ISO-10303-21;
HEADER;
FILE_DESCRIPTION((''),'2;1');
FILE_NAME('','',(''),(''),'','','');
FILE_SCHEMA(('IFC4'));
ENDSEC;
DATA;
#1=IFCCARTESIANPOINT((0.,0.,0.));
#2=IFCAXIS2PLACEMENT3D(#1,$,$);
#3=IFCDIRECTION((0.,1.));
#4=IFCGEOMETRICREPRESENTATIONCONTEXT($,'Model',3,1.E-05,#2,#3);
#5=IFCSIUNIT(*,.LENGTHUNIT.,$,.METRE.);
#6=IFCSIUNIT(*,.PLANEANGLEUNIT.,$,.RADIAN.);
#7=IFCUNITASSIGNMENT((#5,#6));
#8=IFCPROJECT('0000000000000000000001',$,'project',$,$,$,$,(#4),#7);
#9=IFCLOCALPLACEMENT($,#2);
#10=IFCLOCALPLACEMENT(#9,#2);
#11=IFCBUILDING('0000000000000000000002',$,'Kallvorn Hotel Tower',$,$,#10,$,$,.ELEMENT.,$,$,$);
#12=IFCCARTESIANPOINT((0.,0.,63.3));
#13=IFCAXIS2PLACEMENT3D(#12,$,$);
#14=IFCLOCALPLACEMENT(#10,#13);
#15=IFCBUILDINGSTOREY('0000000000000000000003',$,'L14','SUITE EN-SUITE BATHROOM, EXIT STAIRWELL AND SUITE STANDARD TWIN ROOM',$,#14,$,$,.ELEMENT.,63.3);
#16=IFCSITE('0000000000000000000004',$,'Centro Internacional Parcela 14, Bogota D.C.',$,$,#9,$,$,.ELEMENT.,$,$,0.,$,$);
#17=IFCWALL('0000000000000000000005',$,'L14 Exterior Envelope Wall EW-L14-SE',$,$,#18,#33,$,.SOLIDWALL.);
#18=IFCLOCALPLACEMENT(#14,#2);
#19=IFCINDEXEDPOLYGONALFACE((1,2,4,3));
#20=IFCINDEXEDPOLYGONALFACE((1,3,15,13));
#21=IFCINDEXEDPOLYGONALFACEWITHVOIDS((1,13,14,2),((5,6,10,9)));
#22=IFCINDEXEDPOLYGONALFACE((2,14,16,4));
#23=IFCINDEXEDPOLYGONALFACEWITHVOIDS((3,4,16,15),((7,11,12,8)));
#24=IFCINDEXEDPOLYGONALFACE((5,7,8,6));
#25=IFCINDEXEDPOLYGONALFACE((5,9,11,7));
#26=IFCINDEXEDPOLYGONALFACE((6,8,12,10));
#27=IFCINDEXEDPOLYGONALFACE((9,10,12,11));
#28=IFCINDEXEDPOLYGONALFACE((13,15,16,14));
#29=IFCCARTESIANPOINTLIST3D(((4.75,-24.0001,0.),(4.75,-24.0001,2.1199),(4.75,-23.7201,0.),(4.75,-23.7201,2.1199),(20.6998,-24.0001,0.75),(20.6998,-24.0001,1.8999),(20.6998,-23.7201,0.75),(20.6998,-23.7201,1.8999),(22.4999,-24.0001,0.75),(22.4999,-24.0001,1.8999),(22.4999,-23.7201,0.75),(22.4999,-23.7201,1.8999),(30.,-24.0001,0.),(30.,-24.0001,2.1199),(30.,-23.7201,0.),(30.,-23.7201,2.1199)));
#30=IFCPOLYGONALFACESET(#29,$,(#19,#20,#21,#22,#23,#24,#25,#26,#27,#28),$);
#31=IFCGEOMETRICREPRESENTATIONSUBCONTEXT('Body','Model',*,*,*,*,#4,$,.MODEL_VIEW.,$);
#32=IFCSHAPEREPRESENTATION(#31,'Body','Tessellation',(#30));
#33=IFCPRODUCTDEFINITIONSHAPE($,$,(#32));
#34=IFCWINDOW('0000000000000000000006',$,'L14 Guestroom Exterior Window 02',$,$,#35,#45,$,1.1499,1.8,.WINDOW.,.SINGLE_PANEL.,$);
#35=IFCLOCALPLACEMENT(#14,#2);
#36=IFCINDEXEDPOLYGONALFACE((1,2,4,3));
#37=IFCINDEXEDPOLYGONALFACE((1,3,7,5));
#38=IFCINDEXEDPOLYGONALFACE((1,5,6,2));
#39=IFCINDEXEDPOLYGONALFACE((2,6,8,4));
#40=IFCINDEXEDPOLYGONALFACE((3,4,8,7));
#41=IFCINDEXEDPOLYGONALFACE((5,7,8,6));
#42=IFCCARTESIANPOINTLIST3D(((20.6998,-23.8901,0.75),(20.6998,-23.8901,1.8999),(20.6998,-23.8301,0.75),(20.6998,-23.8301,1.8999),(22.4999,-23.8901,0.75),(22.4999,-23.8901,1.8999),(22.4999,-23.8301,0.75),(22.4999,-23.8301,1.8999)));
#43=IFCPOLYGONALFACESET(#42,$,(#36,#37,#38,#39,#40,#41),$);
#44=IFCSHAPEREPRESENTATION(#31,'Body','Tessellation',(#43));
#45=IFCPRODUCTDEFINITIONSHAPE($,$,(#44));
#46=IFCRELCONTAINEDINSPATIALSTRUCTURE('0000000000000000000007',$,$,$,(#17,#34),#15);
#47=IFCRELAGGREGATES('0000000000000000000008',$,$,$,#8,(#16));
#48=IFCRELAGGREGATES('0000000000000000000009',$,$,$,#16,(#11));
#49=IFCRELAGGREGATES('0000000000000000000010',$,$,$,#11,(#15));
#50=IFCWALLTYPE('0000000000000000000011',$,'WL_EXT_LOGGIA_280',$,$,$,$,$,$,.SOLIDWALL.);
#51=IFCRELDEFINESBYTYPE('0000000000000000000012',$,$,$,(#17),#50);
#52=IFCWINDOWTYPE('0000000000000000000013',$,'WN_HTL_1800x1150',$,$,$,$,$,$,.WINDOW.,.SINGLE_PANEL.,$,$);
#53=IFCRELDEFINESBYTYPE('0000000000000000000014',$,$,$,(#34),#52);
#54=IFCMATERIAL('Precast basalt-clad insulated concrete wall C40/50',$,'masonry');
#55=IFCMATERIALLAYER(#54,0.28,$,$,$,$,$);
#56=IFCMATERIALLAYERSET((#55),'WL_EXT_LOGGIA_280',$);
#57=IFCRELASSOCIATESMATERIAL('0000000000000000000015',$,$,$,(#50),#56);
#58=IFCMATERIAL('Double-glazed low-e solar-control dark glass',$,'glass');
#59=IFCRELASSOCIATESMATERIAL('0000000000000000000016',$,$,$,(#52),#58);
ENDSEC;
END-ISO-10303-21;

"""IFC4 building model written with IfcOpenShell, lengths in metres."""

from ifc_helpers import new_model, si_unit, direction, frame, frame_2d, origin, place, context, subcontext, project, spatial, rectangle, extrude, material, layer, layer_set, type_object, element, fill, save


model = new_model("IFC4")

# Units and contexts
model_context = context("Model", 3, precision=1e-05, world=origin(), true_north=direction((0.0, 1.0)))
body_context = subcontext(model_context, "Body", "Model", "MODEL_VIEW")
ifc_project = project(units=[si_unit("LENGTHUNIT", "METRE"), si_unit("PLANEANGLEUNIT", "RADIAN")], contexts=[model_context])

# Site, building, storey
site_placement = place(None, origin())
site = spatial("IfcSite", under=ifc_project, at=site_placement, Name="Centro Internacional Parcela 14, Bogota D.C.", CompositionType="ELEMENT", RefElevation=0.0)
building_placement = place(site_placement, origin())
building = spatial("IfcBuilding", under=site, at=building_placement, Name="Kallvorn Hotel Tower", CompositionType="ELEMENT")
storey_placement = place(building_placement, frame((0.0, 0.0, 63.3)))
storey = spatial("IfcBuildingStorey", under=building, at=storey_placement, Name="L14", Description="SUITE EN-SUITE BATHROOM, EXIT STAIRWELL AND SUITE STANDARD TWIN ROOM", CompositionType="ELEMENT", Elevation=63.3)

# Wall, opening, window
ifc_material_1 = material(Name="Precast basalt-clad insulated concrete wall C40/50", Category="masonry")
ifc_layer_1 = layer(ifc_material_1, 0.28)
ifc_layer_set_1 = layer_set([ifc_layer_1], Name="WL_EXT_LOGGIA_280")
wall_type_1 = type_object("IfcWallType", Name="WL_EXT_LOGGIA_280", PredefinedType="SOLIDWALL", material=ifc_layer_set_1)
wall_1_placement = place(storey_placement, frame((4.75, -23.8601, 0.0), z_axis=(0.0, 0.0, 1.0), x_axis=(1.0, 0.0, 0.0)))
wall_1 = element("IfcWall", 1, at=wall_1_placement, inside=storey, type_object=wall_type_1, Name="L14 Exterior Envelope Wall EW-L14-SE", PredefinedType="SOLIDWALL", context=body_context, shape_type="SweptSolid", body=[
    extrude(rectangle(XDim=25.25, YDim=0.28, at=frame_2d((12.625, 0.0))), origin(), (0.0, 0.0, 1.0), 2.1199),
])
opening_placement = place(wall_1_placement, frame((15.95, 0.0, 0.75)))
opening = element("IfcOpeningElement", 2, at=opening_placement, cuts=wall_1, PredefinedType="OPENING", context=body_context, shape_type="SweptSolid", body=[
    extrude(rectangle(XDim=1.8, YDim=1.1499, at=frame_2d((0.8999, 0.575))), frame((0.0, 0.155, 0.0), z_axis=(0.0, -1.0, 0.0), x_axis=(1.0, 0.0, 0.0)), (0.0, 0.0, 1.0), 0.3101),
])
ifc_material_2 = material(Name="Double-glazed low-e solar-control dark glass", Category="glass")
window_type = type_object("IfcWindowType", Name="WN_HTL_1800x1150", PartitioningType="SINGLE_PANEL", PredefinedType="WINDOW", material=ifc_material_2)
window_placement = place(opening_placement, origin())
window = element("IfcWindow", 3, at=window_placement, inside=storey, type_object=window_type, Name="L14 Guestroom Exterior Window 02", OverallHeight=1.1499, OverallWidth=1.8, PartitioningType="SINGLE_PANEL", PredefinedType="WINDOW", context=body_context, shape_type="SweptSolid", body=[
    extrude(rectangle(XDim=1.8, YDim=1.1499, at=frame_2d((0.8999, 0.575))), frame((0.0, 0.03, 0.0), z_axis=(0.0, -1.0, 0.0), x_axis=(1.0, 0.0, 0.0)), (0.0, 0.0, 1.0), 0.0601),
])
fill(opening, window)

save(model, "model.ifc")
